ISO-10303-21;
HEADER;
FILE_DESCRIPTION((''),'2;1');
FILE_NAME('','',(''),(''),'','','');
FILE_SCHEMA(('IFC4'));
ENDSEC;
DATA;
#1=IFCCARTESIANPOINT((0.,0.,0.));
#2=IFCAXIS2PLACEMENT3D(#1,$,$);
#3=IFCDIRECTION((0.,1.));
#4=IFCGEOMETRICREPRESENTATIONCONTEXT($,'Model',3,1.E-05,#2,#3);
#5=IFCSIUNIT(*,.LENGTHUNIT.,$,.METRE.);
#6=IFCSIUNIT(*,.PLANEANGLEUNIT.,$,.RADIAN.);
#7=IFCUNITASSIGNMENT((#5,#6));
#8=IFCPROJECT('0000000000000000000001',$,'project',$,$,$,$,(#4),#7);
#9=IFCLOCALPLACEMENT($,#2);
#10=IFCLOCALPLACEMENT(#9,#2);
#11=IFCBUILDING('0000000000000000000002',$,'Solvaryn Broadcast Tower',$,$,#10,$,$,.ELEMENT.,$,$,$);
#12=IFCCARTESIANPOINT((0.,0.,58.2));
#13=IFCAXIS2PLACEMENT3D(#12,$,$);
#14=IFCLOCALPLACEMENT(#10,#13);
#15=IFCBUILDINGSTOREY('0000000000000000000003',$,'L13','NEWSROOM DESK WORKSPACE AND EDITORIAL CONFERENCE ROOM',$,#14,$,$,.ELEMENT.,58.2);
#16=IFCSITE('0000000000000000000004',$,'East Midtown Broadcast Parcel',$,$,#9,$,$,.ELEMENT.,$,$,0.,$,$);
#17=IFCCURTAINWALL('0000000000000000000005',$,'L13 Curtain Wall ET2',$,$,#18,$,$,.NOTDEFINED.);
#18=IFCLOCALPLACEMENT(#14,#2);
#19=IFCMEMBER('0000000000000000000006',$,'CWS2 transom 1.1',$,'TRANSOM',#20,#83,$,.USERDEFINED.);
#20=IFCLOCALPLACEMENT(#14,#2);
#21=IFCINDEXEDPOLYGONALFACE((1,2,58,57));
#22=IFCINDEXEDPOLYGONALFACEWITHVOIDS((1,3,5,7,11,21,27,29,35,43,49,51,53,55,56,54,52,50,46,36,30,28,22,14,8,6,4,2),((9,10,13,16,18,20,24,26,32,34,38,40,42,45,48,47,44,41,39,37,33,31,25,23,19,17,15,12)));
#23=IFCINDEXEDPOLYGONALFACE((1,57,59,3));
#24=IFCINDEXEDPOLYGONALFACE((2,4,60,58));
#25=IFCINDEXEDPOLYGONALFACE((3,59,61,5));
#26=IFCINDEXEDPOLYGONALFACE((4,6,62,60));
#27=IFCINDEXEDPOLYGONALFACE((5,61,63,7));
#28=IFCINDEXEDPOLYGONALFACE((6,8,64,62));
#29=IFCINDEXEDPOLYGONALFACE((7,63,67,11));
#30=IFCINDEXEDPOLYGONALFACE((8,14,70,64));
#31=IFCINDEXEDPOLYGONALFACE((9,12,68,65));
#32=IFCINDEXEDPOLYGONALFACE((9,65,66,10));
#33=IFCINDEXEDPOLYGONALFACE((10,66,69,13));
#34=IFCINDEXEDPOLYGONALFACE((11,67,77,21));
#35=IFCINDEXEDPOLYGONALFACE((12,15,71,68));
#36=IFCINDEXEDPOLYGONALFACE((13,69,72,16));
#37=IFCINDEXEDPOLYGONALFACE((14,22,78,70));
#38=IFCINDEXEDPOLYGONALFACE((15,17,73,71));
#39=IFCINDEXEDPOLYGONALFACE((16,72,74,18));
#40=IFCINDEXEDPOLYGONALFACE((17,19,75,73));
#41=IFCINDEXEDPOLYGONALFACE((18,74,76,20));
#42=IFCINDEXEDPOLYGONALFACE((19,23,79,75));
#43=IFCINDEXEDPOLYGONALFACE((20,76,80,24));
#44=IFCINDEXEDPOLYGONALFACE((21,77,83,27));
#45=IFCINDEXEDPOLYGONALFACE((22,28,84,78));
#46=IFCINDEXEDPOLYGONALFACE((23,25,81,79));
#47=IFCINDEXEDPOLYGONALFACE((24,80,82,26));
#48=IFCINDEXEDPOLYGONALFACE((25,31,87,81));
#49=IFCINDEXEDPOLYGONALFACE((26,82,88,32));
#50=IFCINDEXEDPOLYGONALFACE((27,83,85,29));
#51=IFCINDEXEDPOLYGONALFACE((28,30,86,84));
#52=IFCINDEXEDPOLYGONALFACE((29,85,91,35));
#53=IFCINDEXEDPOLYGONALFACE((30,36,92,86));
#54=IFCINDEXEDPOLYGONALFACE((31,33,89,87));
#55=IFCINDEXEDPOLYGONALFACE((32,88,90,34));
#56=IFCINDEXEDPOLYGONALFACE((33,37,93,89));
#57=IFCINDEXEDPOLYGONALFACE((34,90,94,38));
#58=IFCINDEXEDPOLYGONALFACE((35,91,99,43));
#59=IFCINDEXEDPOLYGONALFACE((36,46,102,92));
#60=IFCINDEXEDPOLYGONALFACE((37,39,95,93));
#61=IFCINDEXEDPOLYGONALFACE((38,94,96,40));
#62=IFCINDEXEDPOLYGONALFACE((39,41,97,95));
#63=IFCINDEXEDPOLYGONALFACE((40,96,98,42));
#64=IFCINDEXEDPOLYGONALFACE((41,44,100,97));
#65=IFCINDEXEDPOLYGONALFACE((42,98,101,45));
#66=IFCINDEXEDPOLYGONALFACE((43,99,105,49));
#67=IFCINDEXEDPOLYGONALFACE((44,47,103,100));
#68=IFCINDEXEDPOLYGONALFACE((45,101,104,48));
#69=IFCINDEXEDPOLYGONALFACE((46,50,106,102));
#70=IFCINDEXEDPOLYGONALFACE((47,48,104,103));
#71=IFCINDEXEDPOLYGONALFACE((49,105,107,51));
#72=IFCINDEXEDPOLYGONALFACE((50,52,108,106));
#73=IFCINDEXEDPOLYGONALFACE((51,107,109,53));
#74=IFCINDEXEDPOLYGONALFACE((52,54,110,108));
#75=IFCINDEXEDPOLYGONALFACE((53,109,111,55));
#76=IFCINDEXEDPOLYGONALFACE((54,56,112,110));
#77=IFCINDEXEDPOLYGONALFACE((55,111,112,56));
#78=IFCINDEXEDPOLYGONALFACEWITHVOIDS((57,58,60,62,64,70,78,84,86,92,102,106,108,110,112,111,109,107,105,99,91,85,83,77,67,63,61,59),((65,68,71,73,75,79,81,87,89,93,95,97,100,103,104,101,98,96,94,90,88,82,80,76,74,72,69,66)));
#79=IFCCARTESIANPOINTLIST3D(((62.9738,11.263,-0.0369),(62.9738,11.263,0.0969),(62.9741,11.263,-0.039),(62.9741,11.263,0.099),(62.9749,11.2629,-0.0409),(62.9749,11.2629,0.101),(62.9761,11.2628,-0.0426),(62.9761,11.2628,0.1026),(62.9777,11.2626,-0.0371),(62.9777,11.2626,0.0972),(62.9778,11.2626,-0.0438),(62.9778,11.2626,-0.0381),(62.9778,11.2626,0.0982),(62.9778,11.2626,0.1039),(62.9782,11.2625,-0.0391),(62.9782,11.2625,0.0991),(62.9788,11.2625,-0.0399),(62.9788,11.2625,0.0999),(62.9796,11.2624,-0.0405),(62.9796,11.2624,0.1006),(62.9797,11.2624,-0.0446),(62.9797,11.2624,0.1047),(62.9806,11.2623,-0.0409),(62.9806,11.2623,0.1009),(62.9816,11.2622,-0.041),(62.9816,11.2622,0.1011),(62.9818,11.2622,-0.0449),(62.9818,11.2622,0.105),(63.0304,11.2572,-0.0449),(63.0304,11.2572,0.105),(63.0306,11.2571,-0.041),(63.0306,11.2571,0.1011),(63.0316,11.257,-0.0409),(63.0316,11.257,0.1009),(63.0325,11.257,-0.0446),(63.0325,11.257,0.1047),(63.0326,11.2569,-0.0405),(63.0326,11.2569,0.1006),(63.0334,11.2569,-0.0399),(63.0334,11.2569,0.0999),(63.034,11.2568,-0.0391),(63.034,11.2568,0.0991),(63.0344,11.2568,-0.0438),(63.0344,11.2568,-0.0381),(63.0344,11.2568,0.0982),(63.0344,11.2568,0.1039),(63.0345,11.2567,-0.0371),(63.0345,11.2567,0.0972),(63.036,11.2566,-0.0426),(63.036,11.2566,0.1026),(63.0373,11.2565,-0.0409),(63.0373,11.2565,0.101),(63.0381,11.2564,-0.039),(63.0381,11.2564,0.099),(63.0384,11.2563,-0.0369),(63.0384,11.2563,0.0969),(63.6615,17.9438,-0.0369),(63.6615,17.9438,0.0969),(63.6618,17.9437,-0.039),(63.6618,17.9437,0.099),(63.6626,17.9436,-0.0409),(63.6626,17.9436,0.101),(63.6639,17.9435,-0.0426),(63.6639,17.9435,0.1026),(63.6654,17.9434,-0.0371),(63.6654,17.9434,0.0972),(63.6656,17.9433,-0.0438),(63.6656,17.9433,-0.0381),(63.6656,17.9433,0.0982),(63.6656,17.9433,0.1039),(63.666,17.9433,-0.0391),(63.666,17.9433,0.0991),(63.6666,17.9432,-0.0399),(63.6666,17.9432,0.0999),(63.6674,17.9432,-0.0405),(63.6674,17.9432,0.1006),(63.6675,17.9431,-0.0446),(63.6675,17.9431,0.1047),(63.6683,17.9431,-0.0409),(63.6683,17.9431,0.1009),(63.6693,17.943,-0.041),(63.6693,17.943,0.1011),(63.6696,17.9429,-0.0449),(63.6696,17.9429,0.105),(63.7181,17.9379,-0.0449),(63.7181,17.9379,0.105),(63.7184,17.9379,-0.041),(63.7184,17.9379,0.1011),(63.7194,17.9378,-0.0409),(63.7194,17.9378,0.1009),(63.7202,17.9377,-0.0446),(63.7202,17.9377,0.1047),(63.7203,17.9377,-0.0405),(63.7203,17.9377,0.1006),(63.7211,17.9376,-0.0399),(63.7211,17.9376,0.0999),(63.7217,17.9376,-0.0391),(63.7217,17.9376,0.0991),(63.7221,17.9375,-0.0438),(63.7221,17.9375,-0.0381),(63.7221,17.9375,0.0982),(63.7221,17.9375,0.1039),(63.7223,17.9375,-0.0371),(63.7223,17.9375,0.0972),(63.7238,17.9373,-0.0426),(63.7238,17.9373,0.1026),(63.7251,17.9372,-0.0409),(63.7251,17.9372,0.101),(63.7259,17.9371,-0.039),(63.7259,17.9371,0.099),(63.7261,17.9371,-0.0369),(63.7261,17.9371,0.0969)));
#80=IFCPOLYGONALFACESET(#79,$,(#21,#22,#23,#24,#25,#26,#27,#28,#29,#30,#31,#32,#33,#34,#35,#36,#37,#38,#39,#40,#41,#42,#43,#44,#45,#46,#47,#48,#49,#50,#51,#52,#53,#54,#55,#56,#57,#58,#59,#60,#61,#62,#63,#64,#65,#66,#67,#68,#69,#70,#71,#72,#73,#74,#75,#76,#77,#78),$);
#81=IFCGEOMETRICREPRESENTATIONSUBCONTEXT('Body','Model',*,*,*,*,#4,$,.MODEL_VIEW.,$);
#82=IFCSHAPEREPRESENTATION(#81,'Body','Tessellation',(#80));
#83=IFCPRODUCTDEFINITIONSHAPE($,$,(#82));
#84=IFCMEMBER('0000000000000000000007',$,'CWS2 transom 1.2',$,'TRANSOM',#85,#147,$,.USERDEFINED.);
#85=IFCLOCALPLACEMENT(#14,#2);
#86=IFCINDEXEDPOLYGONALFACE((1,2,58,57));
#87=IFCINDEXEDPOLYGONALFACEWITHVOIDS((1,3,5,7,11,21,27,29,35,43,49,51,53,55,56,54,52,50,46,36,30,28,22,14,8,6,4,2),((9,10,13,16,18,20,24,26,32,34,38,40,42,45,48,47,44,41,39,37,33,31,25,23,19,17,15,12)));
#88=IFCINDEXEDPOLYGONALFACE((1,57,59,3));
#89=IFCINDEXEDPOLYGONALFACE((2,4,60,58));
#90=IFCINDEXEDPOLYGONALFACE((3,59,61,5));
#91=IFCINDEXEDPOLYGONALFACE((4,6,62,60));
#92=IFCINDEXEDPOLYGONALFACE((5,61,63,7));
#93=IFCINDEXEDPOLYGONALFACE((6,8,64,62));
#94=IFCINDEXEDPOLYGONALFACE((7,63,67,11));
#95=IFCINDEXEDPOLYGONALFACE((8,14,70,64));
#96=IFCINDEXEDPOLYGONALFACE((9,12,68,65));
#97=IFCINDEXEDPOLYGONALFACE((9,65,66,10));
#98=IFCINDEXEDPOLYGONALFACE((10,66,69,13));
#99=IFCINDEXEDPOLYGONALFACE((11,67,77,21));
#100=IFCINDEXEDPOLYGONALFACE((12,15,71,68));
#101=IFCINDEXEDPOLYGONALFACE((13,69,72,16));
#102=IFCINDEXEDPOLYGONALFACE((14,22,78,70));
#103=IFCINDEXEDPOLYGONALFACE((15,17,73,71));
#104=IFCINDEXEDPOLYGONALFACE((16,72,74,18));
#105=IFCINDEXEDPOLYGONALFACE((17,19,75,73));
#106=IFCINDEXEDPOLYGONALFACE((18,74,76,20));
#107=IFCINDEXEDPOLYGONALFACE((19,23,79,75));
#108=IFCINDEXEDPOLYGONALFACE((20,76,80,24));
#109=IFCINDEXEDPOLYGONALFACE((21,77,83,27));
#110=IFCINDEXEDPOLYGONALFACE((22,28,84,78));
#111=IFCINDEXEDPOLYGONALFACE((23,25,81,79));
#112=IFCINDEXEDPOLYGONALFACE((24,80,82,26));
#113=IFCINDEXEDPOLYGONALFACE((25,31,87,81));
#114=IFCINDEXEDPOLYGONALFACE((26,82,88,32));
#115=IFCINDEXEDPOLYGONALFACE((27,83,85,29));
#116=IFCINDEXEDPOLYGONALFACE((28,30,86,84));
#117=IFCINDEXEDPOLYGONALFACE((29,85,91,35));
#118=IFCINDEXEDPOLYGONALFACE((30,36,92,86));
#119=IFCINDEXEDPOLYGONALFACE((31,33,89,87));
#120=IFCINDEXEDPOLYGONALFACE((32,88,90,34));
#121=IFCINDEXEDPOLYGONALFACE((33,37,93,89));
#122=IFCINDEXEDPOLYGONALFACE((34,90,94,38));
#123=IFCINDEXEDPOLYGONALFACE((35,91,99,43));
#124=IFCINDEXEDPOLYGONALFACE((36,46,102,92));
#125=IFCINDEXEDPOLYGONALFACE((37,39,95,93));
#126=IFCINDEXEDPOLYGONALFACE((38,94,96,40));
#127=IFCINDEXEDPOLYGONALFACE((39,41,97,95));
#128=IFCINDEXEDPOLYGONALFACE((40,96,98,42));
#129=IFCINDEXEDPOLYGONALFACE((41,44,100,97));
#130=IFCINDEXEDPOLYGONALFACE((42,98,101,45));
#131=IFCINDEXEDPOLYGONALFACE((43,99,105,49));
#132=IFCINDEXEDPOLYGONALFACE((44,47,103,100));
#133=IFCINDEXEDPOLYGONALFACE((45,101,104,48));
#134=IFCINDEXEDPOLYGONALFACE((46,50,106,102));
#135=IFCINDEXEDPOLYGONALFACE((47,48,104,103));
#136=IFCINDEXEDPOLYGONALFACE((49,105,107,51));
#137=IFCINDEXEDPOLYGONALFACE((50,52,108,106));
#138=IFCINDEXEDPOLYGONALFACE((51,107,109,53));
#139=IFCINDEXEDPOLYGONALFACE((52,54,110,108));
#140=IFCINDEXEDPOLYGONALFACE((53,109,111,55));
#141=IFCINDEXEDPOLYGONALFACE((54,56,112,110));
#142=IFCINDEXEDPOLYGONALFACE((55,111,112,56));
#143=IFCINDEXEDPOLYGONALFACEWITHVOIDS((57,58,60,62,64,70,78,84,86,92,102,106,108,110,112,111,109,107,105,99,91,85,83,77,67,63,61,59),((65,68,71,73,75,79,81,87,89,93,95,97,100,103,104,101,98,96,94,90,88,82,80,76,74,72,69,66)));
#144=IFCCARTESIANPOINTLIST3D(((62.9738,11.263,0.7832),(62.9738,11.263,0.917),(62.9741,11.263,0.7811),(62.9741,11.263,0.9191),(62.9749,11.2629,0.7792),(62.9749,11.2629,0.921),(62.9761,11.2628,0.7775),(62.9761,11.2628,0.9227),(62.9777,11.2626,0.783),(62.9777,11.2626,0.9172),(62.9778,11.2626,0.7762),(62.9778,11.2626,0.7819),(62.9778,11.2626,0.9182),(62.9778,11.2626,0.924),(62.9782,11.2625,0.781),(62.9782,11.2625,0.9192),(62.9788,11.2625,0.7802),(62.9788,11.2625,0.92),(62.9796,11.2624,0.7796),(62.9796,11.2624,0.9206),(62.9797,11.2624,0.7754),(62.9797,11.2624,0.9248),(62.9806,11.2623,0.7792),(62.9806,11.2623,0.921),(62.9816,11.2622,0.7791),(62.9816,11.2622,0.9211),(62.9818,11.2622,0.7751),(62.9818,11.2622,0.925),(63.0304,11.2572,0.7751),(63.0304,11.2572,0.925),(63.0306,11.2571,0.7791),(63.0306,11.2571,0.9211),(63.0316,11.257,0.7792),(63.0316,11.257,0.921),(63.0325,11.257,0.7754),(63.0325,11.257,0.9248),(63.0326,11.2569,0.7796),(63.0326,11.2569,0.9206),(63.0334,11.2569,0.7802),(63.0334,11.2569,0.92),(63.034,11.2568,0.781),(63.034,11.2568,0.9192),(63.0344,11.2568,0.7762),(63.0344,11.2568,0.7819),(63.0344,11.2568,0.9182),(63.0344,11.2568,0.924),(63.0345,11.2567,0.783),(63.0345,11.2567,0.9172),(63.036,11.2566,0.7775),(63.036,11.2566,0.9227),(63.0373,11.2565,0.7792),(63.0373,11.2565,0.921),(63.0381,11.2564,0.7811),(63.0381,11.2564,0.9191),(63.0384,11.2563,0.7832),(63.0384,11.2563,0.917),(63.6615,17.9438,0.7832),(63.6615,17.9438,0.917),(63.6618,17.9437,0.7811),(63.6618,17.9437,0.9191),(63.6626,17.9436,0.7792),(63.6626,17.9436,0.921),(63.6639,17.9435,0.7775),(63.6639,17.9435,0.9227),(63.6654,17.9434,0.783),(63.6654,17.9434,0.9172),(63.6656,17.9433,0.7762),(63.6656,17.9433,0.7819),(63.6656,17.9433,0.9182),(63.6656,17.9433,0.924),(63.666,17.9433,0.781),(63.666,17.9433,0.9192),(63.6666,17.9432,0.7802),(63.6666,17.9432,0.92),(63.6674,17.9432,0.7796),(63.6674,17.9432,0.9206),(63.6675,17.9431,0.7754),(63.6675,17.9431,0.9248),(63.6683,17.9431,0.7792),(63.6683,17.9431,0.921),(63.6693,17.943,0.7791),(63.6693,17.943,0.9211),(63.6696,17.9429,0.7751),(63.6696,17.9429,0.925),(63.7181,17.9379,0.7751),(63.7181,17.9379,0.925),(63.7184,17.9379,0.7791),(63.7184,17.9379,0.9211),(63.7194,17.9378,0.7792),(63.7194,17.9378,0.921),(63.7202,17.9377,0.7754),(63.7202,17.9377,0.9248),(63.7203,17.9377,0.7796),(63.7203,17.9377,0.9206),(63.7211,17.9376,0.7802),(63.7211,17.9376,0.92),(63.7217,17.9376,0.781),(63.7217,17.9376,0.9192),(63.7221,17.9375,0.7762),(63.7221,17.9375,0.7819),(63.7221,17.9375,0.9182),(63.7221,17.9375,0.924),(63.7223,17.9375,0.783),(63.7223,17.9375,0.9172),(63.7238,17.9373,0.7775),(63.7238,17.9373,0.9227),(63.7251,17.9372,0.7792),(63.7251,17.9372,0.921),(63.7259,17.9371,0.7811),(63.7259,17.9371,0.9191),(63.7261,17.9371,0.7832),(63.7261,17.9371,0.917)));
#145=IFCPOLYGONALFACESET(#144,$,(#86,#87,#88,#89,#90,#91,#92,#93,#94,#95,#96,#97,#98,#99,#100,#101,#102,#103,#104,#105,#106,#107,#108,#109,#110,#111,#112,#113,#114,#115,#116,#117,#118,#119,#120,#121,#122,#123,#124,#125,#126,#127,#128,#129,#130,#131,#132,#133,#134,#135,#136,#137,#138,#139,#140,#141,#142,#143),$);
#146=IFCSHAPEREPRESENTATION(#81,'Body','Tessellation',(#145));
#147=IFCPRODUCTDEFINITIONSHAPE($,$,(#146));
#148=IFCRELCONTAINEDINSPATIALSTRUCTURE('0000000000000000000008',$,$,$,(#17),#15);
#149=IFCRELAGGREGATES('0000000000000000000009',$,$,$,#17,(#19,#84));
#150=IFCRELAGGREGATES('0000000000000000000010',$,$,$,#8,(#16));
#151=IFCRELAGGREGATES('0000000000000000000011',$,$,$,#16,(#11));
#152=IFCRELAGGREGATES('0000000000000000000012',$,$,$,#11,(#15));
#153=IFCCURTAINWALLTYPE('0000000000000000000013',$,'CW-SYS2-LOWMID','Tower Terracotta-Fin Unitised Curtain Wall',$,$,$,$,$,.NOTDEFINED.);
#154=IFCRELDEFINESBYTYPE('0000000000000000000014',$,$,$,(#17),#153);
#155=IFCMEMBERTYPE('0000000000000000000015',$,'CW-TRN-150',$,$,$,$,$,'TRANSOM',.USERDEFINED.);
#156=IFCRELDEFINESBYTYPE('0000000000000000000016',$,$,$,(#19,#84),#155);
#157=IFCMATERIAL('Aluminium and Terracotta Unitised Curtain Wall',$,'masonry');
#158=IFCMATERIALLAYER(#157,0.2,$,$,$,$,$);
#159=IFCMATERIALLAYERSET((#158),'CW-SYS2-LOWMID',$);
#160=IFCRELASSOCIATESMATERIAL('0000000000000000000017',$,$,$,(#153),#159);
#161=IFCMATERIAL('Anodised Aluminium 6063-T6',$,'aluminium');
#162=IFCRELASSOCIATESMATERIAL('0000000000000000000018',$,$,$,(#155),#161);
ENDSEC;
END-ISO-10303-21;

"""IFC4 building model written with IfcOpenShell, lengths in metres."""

from ifc_helpers import new_model, si_unit, direction, frame, origin, origin_2d, place, context, subcontext, project, spatial, hollow_rectangle, extrude, material, layer, layer_set, material_profile, profile_set, type_object, element, aggregate, save


model = new_model("IFC4")

# Units and contexts
model_context = context("Model", 3, precision=1e-05, world=origin(), true_north=direction((0.0, 1.0)))
body_context = subcontext(model_context, "Body", "Model", "MODEL_VIEW")
ifc_project = project(units=[si_unit("LENGTHUNIT", "METRE"), si_unit("PLANEANGLEUNIT", "RADIAN")], contexts=[model_context])

# Site, building, storey
site_placement = place(None, origin())
site = spatial("IfcSite", under=ifc_project, at=site_placement, Name="East Midtown Broadcast Parcel", CompositionType="ELEMENT", RefElevation=0.0)
building_placement = place(site_placement, origin())
building = spatial("IfcBuilding", under=site, at=building_placement, Name="Solvaryn Broadcast Tower", CompositionType="ELEMENT")
storey_placement = place(building_placement, frame((0.0, 0.0, 58.2)))
storey = spatial("IfcBuildingStorey", under=building, at=storey_placement, Name="L13", Description="NEWSROOM DESK WORKSPACE AND EDITORIAL CONFERENCE ROOM", CompositionType="ELEMENT", Elevation=58.2)

# Shared definitions
ifc_material_1 = material(Name="Aluminium and Terracotta Unitised Curtain Wall", Category="masonry")
ifc_layer_1 = layer(ifc_material_1, 0.2)
ifc_layer_set_1 = layer_set([ifc_layer_1], Name="CW-SYS2-LOWMID")
curtain_wall_type = type_object("IfcCurtainWallType", Name="CW-SYS2-LOWMID", Description="Tower Terracotta-Fin Unitised Curtain Wall", PredefinedType="NOTDEFINED", material=ifc_layer_set_1)

# Curtain wall, members
curtain_wall_1_placement = place(storey_placement, origin())
curtain_wall_1 = element("IfcCurtainWall", 1, at=curtain_wall_1_placement, inside=storey, type_object=curtain_wall_type, Name="L13 Curtain Wall ET2", PredefinedType="NOTDEFINED")
ifc_material_2 = material(Name="Anodised Aluminium 6063-T6", Category="aluminium")
ifc_material_profile_1 = material_profile(ifc_material_2, hollow_rectangle(XDim=0.0649, YDim=0.1499, WallThickness=0.0039, InnerFilletRadius=0.0039, OuterFilletRadius=0.0081, at=origin_2d()))
ifc_profile_set_1 = profile_set([ifc_material_profile_1], Name="Anodised Aluminium 6063-T6")
member_type_1 = type_object("IfcMemberType", Name="CW-TRN-150", ElementType="TRANSOM", PredefinedType="USERDEFINED", material=ifc_profile_set_1)
member_1_placement = place(storey_placement, frame((63.6938, 17.9404, 0.03), z_axis=(-0.102404, -0.994743, 0.0), x_axis=(0.994743, -0.102404, 0.0)))
member_1 = element("IfcMember", 2, at=member_1_placement, type_object=member_type_1, Name="CWS2 transom 1.1", ObjectType="TRANSOM", PredefinedType="USERDEFINED", context=body_context, shape_type="SweptSolid", body=[
    extrude(hollow_rectangle(XDim=0.0649, YDim=0.1499, WallThickness=0.0039, InnerFilletRadius=0.0039, OuterFilletRadius=0.0081, at=origin_2d()), origin(), (0.0, 0.0, 1.0), 6.7161),
])
member_2_placement = place(storey_placement, frame((63.6938, 17.9404, 0.8501), z_axis=(-0.102404, -0.994743, 0.0), x_axis=(0.994743, -0.102404, 0.0)))
member_2 = element("IfcMember", 3, at=member_2_placement, type_object=member_type_1, Name="CWS2 transom 1.2", ObjectType="TRANSOM", PredefinedType="USERDEFINED", context=body_context, shape_type="SweptSolid", body=[
    extrude(hollow_rectangle(XDim=0.0649, YDim=0.1499, WallThickness=0.0039, InnerFilletRadius=0.0039, OuterFilletRadius=0.0081, at=origin_2d()), origin(), (0.0, 0.0, 1.0), 6.7161),
])
aggregate(curtain_wall_1, [member_1, member_2])

save(model, "model.ifc")
